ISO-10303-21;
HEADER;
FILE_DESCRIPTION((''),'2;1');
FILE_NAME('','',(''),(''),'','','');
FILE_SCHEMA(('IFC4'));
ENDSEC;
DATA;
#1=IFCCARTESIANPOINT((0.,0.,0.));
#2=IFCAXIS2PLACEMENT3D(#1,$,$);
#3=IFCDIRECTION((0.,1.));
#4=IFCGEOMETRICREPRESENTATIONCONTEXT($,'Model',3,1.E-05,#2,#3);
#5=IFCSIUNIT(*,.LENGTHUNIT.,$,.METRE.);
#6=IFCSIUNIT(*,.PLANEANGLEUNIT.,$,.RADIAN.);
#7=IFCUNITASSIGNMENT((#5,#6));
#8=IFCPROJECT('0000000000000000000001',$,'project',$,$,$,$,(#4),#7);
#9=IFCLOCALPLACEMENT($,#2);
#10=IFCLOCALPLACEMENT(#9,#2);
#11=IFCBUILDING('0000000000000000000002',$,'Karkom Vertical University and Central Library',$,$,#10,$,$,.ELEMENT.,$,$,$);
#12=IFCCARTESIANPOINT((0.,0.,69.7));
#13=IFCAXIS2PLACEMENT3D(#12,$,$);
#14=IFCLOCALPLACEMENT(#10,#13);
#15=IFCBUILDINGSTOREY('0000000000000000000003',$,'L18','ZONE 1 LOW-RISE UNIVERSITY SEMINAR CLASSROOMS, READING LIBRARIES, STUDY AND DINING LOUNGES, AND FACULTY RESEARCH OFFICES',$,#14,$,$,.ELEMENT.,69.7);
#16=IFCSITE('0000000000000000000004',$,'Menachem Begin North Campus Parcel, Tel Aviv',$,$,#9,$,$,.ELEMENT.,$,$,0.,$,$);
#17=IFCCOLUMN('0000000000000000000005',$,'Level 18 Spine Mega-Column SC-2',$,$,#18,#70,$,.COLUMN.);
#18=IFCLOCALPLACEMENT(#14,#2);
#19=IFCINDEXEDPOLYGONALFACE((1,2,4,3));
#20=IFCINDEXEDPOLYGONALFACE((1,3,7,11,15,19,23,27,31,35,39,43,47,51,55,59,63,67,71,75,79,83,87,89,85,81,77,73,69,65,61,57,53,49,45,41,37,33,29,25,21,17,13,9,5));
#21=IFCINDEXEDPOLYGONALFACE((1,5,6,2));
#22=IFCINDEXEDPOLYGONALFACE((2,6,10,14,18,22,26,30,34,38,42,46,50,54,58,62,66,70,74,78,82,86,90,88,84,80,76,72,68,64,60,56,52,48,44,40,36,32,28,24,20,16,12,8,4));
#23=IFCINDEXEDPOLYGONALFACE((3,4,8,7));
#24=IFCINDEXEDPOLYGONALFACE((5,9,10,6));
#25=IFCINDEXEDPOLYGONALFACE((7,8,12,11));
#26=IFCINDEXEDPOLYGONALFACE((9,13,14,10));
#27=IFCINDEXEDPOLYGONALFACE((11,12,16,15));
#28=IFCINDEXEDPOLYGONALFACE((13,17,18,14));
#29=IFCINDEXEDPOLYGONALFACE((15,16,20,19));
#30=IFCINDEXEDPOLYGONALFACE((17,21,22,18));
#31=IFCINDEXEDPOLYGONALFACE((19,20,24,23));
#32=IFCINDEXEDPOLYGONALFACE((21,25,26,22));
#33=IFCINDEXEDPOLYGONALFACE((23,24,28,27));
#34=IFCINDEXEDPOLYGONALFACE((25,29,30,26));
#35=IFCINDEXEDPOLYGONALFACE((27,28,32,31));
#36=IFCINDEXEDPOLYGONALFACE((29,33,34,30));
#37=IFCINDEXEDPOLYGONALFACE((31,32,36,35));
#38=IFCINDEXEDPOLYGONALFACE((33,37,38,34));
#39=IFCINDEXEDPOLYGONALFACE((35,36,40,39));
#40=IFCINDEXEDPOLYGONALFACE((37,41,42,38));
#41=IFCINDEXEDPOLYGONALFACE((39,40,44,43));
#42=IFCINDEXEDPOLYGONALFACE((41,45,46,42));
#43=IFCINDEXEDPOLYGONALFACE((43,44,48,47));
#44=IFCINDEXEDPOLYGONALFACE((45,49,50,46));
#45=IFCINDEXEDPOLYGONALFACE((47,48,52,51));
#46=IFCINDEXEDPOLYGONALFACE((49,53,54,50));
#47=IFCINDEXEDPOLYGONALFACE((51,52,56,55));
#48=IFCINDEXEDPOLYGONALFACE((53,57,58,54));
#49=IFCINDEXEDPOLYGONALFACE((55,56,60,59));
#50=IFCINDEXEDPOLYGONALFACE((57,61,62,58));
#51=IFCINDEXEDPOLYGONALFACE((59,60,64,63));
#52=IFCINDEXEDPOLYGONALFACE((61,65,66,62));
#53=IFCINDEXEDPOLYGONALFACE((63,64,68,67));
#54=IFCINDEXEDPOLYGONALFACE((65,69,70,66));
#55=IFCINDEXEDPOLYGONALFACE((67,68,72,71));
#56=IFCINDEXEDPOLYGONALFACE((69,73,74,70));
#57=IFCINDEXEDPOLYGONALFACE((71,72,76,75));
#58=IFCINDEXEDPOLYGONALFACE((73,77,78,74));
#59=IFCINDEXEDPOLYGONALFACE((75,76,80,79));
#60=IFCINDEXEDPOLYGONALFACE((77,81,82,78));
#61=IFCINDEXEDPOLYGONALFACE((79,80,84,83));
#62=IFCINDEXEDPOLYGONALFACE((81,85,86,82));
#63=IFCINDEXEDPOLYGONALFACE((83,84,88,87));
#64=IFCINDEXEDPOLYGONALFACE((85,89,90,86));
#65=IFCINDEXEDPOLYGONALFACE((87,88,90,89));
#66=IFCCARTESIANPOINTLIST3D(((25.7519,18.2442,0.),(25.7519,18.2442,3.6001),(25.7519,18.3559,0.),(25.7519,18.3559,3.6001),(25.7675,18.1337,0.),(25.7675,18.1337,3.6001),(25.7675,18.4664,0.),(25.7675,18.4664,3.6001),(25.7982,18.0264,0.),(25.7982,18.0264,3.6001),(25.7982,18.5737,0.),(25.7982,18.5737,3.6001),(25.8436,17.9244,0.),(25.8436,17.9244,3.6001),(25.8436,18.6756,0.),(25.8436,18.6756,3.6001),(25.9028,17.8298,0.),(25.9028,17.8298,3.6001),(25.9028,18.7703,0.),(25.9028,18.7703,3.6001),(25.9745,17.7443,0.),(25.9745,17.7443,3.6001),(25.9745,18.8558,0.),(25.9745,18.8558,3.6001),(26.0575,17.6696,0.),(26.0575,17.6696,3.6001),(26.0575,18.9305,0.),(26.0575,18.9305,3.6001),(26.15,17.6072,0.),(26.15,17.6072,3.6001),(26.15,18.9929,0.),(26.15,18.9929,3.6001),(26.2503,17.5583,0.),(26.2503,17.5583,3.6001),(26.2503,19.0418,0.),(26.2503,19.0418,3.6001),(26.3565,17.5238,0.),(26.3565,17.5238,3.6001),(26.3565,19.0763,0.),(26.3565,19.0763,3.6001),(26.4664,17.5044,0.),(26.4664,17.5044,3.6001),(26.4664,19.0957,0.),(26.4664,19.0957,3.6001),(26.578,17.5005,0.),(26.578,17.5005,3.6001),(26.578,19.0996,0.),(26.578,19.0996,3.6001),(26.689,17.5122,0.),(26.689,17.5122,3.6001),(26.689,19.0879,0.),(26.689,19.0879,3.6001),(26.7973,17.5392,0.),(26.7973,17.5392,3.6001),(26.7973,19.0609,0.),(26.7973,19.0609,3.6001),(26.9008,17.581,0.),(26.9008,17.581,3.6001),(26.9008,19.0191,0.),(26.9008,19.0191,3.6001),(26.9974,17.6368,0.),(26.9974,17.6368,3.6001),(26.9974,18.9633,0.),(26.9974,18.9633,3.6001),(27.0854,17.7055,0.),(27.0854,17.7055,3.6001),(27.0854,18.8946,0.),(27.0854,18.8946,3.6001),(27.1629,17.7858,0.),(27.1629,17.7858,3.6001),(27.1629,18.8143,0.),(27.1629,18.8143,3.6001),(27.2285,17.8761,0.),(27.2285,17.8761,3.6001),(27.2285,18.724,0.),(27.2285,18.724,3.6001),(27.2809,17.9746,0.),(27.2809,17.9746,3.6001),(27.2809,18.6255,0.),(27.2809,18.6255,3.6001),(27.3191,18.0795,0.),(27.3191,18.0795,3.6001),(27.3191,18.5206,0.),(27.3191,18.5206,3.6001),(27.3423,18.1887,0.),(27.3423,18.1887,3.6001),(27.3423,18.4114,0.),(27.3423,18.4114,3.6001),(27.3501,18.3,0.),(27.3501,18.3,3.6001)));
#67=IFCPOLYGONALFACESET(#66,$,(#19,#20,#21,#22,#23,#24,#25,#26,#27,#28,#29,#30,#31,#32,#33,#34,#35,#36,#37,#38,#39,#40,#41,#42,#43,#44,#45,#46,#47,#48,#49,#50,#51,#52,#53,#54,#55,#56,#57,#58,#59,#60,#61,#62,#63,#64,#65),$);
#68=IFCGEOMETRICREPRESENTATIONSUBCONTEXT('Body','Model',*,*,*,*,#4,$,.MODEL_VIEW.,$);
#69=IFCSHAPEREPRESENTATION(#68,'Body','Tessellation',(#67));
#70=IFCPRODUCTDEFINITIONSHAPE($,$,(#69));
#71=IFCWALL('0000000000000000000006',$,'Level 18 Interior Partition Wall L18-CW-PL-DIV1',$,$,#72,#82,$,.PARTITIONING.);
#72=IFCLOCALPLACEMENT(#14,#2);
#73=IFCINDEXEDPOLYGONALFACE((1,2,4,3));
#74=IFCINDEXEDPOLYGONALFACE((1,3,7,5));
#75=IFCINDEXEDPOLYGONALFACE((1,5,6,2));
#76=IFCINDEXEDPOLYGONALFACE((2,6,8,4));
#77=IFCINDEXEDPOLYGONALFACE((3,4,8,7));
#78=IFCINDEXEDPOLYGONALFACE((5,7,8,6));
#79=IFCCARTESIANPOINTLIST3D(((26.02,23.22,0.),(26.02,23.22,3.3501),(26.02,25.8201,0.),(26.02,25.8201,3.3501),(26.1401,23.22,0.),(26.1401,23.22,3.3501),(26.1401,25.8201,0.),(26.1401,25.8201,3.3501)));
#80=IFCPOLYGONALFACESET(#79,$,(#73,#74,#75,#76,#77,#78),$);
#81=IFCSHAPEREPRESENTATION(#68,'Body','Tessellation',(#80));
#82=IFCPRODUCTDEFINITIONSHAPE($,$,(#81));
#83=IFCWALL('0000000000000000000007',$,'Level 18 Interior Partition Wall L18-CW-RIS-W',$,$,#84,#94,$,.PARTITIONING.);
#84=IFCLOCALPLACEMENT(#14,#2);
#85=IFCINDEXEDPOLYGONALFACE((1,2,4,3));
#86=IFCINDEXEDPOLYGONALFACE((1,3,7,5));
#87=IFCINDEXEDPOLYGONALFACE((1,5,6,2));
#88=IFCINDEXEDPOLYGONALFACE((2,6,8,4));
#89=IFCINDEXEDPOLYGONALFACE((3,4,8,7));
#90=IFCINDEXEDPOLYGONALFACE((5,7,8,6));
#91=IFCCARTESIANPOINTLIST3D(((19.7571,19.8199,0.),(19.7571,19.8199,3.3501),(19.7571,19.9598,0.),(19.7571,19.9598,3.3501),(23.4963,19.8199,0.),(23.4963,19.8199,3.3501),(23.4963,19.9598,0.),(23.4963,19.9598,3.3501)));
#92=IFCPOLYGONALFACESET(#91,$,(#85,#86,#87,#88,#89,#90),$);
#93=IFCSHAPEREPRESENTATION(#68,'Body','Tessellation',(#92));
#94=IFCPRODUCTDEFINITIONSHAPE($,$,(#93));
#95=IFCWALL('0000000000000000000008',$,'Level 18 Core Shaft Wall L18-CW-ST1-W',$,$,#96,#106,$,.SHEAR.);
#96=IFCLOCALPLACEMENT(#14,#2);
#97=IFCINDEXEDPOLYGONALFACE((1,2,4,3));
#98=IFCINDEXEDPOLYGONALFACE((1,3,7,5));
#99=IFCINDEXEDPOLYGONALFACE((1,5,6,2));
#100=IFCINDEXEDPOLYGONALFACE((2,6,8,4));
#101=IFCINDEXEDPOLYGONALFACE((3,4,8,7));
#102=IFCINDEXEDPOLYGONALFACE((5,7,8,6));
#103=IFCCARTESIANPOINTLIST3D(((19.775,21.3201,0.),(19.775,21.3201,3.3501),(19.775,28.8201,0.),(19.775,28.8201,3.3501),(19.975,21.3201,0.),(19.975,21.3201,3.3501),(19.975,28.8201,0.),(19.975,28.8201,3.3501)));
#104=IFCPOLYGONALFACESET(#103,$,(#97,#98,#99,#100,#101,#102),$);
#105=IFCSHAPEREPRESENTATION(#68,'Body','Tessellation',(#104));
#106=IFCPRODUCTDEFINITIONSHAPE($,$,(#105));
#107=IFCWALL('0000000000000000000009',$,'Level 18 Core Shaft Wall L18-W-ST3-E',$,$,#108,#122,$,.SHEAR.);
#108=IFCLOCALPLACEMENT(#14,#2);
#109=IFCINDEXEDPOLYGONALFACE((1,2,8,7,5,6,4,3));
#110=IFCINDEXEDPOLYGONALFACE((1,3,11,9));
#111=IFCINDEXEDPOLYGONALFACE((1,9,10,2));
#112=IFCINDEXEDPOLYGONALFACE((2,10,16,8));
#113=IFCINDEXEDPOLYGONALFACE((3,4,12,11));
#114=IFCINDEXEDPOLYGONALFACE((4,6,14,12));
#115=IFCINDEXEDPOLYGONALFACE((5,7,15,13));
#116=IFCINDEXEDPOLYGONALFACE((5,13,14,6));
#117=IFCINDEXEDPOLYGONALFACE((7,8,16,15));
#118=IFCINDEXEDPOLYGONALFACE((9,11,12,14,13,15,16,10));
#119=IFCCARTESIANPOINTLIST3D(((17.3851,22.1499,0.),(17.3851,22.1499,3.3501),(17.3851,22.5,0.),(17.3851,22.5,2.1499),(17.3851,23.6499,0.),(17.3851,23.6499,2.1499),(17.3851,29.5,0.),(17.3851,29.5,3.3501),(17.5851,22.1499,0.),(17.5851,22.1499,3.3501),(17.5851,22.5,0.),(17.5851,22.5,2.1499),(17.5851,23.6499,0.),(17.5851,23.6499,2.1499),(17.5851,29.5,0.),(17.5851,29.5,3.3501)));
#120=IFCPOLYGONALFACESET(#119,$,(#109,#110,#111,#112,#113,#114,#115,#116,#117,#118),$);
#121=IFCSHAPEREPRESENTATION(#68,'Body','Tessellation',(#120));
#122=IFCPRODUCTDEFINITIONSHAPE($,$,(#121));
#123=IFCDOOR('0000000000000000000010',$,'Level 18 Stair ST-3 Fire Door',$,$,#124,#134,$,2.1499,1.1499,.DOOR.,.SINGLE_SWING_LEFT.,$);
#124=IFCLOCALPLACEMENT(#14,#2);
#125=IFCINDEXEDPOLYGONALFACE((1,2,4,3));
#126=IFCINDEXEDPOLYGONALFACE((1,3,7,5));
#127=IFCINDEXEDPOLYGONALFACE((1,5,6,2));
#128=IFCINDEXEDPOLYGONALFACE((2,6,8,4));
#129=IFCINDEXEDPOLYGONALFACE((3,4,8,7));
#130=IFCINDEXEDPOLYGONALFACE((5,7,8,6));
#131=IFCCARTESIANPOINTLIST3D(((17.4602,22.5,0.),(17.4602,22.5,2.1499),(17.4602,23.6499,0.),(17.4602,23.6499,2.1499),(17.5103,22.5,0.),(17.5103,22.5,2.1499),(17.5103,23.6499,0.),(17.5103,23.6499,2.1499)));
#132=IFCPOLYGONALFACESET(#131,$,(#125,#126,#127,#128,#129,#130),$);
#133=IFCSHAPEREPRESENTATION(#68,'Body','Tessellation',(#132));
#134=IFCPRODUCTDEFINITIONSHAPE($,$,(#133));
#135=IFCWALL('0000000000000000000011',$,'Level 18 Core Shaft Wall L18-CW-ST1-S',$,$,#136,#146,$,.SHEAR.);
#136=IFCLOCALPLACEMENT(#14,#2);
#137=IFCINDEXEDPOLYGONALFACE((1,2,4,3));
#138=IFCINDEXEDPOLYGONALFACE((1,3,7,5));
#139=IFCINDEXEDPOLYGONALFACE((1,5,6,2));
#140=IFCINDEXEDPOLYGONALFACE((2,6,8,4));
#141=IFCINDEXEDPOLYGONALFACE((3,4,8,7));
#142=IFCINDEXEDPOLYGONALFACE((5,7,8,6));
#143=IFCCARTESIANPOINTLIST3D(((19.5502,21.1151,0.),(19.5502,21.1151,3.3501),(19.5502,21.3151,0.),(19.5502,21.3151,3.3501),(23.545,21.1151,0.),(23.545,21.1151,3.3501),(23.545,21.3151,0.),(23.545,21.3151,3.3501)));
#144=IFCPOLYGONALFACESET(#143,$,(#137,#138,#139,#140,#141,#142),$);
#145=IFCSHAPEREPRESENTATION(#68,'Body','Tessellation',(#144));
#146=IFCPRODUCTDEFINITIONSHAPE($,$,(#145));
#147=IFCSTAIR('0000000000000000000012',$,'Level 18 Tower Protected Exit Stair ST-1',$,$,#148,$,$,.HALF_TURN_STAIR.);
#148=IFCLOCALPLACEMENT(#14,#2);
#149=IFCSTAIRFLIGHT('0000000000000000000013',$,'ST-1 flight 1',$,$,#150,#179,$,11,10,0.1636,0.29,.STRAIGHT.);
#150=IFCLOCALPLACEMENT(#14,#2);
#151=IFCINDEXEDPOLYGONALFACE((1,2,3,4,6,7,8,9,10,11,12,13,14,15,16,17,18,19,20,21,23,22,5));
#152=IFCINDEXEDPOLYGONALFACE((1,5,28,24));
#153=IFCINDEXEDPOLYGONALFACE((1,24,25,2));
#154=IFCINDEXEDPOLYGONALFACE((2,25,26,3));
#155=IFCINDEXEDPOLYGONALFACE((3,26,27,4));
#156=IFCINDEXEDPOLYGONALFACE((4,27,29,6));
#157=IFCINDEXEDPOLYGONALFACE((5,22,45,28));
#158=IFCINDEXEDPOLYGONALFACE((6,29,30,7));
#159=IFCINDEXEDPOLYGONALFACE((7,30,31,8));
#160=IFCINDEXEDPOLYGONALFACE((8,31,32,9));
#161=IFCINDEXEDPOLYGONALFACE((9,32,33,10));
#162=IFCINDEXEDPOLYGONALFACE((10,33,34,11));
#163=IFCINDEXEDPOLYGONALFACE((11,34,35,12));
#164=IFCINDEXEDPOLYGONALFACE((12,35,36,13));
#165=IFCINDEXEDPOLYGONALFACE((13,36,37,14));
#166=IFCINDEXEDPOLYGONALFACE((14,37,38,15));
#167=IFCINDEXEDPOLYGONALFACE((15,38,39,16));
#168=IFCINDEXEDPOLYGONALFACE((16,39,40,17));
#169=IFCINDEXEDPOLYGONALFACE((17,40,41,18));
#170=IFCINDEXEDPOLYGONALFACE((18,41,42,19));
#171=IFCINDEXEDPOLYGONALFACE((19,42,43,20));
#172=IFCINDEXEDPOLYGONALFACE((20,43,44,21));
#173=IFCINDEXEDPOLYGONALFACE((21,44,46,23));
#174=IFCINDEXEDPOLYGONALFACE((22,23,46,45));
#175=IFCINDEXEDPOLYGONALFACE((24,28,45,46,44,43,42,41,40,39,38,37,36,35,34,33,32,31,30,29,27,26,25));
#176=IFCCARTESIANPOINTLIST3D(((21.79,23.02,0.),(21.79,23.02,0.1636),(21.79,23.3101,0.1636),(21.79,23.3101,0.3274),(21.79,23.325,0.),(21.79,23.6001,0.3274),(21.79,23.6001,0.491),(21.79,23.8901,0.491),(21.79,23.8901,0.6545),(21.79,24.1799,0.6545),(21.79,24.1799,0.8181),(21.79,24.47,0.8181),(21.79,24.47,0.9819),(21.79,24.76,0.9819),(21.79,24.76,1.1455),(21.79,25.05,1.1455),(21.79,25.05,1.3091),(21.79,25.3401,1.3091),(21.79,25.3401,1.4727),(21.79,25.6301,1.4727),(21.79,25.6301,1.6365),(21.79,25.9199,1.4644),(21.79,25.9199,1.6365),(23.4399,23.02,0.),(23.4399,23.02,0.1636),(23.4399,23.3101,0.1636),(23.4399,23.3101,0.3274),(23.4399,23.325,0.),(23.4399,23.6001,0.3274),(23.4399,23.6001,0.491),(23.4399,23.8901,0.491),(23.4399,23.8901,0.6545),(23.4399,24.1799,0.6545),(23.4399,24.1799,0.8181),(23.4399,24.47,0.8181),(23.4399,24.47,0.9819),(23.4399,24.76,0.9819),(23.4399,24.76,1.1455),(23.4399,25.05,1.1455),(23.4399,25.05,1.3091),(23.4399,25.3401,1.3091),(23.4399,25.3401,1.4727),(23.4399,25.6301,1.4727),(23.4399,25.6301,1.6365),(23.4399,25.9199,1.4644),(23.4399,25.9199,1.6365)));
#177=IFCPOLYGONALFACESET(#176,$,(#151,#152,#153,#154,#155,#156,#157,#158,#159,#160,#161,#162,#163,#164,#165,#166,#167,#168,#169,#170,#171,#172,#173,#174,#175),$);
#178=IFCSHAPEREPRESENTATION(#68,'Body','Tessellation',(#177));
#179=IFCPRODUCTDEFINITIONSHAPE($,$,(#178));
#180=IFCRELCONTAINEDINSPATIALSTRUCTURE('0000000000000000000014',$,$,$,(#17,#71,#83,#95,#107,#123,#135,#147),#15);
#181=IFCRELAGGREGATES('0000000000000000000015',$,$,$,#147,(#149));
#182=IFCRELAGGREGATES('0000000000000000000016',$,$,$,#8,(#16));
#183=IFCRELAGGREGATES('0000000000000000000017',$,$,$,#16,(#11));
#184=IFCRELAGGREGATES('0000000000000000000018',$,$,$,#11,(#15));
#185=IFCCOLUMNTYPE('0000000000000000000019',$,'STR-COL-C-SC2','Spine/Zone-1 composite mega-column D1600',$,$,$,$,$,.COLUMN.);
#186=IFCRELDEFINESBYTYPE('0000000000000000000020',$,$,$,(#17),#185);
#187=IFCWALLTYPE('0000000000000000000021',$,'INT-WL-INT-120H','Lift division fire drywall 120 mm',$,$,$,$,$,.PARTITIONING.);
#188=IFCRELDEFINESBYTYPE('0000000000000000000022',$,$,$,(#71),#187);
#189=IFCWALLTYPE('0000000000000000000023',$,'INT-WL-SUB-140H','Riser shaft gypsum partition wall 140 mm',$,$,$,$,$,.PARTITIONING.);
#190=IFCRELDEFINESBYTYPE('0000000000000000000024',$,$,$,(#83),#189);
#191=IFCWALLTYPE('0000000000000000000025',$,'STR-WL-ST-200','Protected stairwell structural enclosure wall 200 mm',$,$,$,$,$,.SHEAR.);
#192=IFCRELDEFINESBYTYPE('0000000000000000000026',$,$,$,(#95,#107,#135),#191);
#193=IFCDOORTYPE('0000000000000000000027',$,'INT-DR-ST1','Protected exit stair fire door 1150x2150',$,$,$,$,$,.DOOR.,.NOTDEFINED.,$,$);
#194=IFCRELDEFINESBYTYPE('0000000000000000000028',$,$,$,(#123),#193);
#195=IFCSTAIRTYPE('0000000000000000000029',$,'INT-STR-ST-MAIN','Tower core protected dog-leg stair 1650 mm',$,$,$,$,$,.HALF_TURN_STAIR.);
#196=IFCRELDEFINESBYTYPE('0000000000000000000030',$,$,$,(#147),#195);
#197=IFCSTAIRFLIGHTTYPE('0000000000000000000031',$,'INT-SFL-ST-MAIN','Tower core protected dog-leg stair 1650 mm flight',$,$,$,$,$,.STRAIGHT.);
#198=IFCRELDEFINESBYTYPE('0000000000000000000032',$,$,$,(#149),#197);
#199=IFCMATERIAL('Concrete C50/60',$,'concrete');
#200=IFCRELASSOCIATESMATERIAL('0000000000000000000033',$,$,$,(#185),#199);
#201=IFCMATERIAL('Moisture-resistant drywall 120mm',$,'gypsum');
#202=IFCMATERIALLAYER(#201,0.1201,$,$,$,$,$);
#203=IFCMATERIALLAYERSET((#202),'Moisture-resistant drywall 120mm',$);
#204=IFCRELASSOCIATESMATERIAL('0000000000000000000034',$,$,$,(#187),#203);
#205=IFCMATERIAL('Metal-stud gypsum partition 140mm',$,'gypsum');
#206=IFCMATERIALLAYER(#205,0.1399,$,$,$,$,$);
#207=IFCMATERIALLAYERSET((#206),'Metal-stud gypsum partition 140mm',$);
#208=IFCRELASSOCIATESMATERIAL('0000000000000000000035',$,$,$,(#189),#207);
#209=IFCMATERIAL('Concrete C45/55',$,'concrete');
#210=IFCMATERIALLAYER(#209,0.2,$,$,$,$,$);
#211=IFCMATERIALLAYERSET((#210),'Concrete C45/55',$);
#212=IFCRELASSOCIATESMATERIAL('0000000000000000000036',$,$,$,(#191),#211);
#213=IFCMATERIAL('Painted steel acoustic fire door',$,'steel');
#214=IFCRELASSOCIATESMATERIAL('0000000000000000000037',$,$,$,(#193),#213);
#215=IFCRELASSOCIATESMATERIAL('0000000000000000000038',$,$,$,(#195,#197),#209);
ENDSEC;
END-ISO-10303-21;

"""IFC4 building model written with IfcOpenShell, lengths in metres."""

from ifc_helpers import new_model, si_unit, direction, frame, frame_2d, origin, origin_with_axes, origin_2d, place, context, subcontext, project, spatial, polyline, rectangle, circle, outline, extrude, source, transform, mapped, material, layer, layer_set, material_profile, profile_set, type_object, element, fill, aggregate, save


model = new_model("IFC4")

# Units and contexts
model_context = context("Model", 3, precision=1e-05, world=origin(), true_north=direction((0.0, 1.0)))
body_context = subcontext(model_context, "Body", "Model", "MODEL_VIEW")
ifc_project = project(units=[si_unit("LENGTHUNIT", "METRE"), si_unit("PLANEANGLEUNIT", "RADIAN")], contexts=[model_context])

# Site, building, storey
site_placement = place(None, origin())
site = spatial("IfcSite", under=ifc_project, at=site_placement, Name="Menachem Begin North Campus Parcel, Tel Aviv", CompositionType="ELEMENT", RefElevation=0.0)
building_placement = place(site_placement, origin())
building = spatial("IfcBuilding", under=site, at=building_placement, Name="Karkom Vertical University and Central Library", CompositionType="ELEMENT")
storey_placement = place(building_placement, frame((0.0, 0.0, 69.7)))
storey = spatial("IfcBuildingStorey", under=building, at=storey_placement, Name="L18", Description="ZONE 1 LOW-RISE UNIVERSITY SEMINAR CLASSROOMS, READING LIBRARIES, STUDY AND DINING LOUNGES, AND FACULTY RESEARCH OFFICES", CompositionType="ELEMENT", Elevation=69.7)

# Column
ifc_material_1 = material(Name="Concrete C50/60", Category="concrete")
ifc_material_profile = material_profile(ifc_material_1, circle(Radius=0.8, at=origin_2d()), Name="CFT-D1600")
ifc_profile_set = profile_set([ifc_material_profile], Name="Concrete C50/60")
column_type = type_object("IfcColumnType", Name="STR-COL-C-SC2", Description="Spine/Zone-1 composite mega-column D1600", PredefinedType="COLUMN", material=ifc_profile_set)
shared_shape_1 = source(origin_with_axes(), body_context, "Body", "SweptSolid", [
    extrude(circle(Radius=0.8, at=origin_2d()), origin(), (0.0, 0.0, 1.0), 3.6001),
])
column_placement = place(storey_placement, frame((26.55, 18.3, 0.0), z_axis=(0.0, 0.0, 1.0), x_axis=(1.0, 0.0, 0.0)))
element("IfcColumn", 1, at=column_placement, inside=storey, type_object=column_type, Name="Level 18 Spine Mega-Column SC-2", PredefinedType="COLUMN", context=body_context, shape_type="MappedRepresentation", body=[
    mapped(shared_shape_1, transform((0.0, 0.0, 0.0), scale=1.0)),
])

# Walls
ifc_material_2 = material(Name="Moisture-resistant drywall 120mm", Category="gypsum")
ifc_layer_1 = layer(ifc_material_2, 0.1201)
ifc_layer_set_1 = layer_set([ifc_layer_1], Name="Moisture-resistant drywall 120mm")
wall_type_1 = type_object("IfcWallType", Name="INT-WL-INT-120H", Description="Lift division fire drywall 120 mm", PredefinedType="PARTITIONING", material=ifc_layer_set_1)
wall_1_placement = place(storey_placement, frame((26.0801, 23.22, 0.0), z_axis=(0.0, 0.0, 1.0), x_axis=(0.0, 1.0, 0.0)))
element("IfcWall", 2, at=wall_1_placement, inside=storey, type_object=wall_type_1, Name="Level 18 Interior Partition Wall L18-CW-PL-DIV1", PredefinedType="PARTITIONING", context=body_context, shape_type="SweptSolid", body=[
    extrude(rectangle(XDim=2.6001, YDim=0.1201, at=frame_2d((1.3, 0.0))), origin(), (0.0, 0.0, 1.0), 3.3501),
])
ifc_material_3 = material(Name="Metal-stud gypsum partition 140mm", Category="gypsum")
ifc_layer_2 = layer(ifc_material_3, 0.1399)
ifc_layer_set_2 = layer_set([ifc_layer_2], Name="Metal-stud gypsum partition 140mm")
wall_type_2 = type_object("IfcWallType", Name="INT-WL-SUB-140H", Description="Riser shaft gypsum partition wall 140 mm", PredefinedType="PARTITIONING", material=ifc_layer_set_2)
wall_2_placement = place(storey_placement, frame((19.7571, 19.8899, 0.0), z_axis=(0.0, 0.0, 1.0), x_axis=(1.0, 0.0, 0.0)))
element("IfcWall", 3, at=wall_2_placement, inside=storey, type_object=wall_type_2, Name="Level 18 Interior Partition Wall L18-CW-RIS-W", PredefinedType="PARTITIONING", context=body_context, shape_type="SweptSolid", body=[
    extrude(rectangle(XDim=3.7393, YDim=0.1399, at=frame_2d((1.8696, 0.0))), origin(), (0.0, 0.0, 1.0), 3.3501),
])

# Shared definitions
ifc_material_4 = material(Name="Concrete C45/55", Category="concrete")
ifc_layer_3 = layer(ifc_material_4, 0.2)
ifc_layer_set_3 = layer_set([ifc_layer_3], Name="Concrete C45/55")
wall_type_3 = type_object("IfcWallType", Name="STR-WL-ST-200", Description="Protected stairwell structural enclosure wall 200 mm", PredefinedType="SHEAR", material=ifc_layer_set_3)
ifc_material_5 = material(Name="Painted steel acoustic fire door", Category="steel")
door_type_1 = type_object("IfcDoorType", Name="INT-DR-ST1", Description="Protected exit stair fire door 1150x2150", OperationType="NOTDEFINED", PredefinedType="DOOR", material=ifc_material_5)
shared_shape_2 = source(origin_with_axes(), body_context, "Body", "SweptSolid", [
    extrude(rectangle(XDim=1.1499, YDim=2.1499, at=frame_2d((0.575, 1.075))), frame((0.0, 0.0249, 0.0), z_axis=(0.0, -1.0, 0.0), x_axis=(1.0, 0.0, 0.0)), (0.0, 0.0, 1.0), 0.05),
])

# Wall
wall_3_placement = place(storey_placement, frame((19.875, 21.3201, 0.0), z_axis=(0.0, 0.0, 1.0), x_axis=(0.0, 1.0, 0.0)))
element("IfcWall", 4, at=wall_3_placement, inside=storey, type_object=wall_type_3, Name="Level 18 Core Shaft Wall L18-CW-ST1-W", PredefinedType="SHEAR", context=body_context, shape_type="SweptSolid", body=[
    extrude(rectangle(XDim=7.5, YDim=0.2, at=frame_2d((3.75, 0.0))), origin(), (0.0, 0.0, 1.0), 3.3501),
])

# Wall, opening, door
wall_4_placement = place(storey_placement, frame((17.4851, 22.1499, 0.0), z_axis=(0.0, 0.0, 1.0), x_axis=(0.0, 1.0, 0.0)))
wall_4 = element("IfcWall", 5, at=wall_4_placement, inside=storey, type_object=wall_type_3, Name="Level 18 Core Shaft Wall L18-W-ST3-E", PredefinedType="SHEAR", context=body_context, shape_type="SweptSolid", body=[
    extrude(rectangle(XDim=7.3501, YDim=0.2, at=frame_2d((3.675, 0.0))), origin(), (0.0, 0.0, 1.0), 3.3501),
])
opening_1_placement = place(wall_4_placement, frame((0.3501, 0.0, 0.0)))
opening_1 = element("IfcOpeningElement", 6, at=opening_1_placement, cuts=wall_4, PredefinedType="OPENING", context=body_context, shape_type="SweptSolid", body=[
    extrude(rectangle(XDim=1.1499, YDim=2.1499, at=frame_2d((0.575, 1.075))), frame((0.0, 0.1099, 0.0), z_axis=(0.0, -1.0, 0.0), x_axis=(1.0, 0.0, 0.0)), (0.0, 0.0, 1.0), 0.22),
])
door_1_placement = place(opening_1_placement, origin())
door_1 = element("IfcDoor", 7, at=door_1_placement, inside=storey, type_object=door_type_1, Name="Level 18 Stair ST-3 Fire Door", OperationType="SINGLE_SWING_LEFT", OverallHeight=2.1499, OverallWidth=1.1499, PredefinedType="DOOR", context=body_context, shape_type="MappedRepresentation", body=[
    mapped(shared_shape_2, transform((0.0, 0.0, 0.0), scale=1.0)),
])
fill(opening_1, door_1)

# Wall
wall_5_placement = place(storey_placement, frame((19.55, 21.2151, 0.0), z_axis=(0.0, 0.0, 1.0), x_axis=(1.0, 0.0, 0.0)))
element("IfcWall", 8, at=wall_5_placement, inside=storey, type_object=wall_type_3, Name="Level 18 Core Shaft Wall L18-CW-ST1-S", PredefinedType="SHEAR", context=body_context, shape_type="SweptSolid", body=[
    extrude(rectangle(XDim=3.9949, YDim=0.2, at=frame_2d((1.9976, 0.0))), origin(), (0.0, 0.0, 1.0), 3.3501),
])

# Stair, stair flight
stair_type = type_object("IfcStairType", Name="INT-STR-ST-MAIN", Description="Tower core protected dog-leg stair 1650 mm", PredefinedType="HALF_TURN_STAIR", material=ifc_material_4)
stair_placement = place(storey_placement, origin())
stair = element("IfcStair", 9, at=stair_placement, inside=storey, type_object=stair_type, Name="Level 18 Tower Protected Exit Stair ST-1", PredefinedType="HALF_TURN_STAIR")
stair_flight_type = type_object("IfcStairFlightType", Name="INT-SFL-ST-MAIN", Description="Tower core protected dog-leg stair 1650 mm flight", PredefinedType="STRAIGHT", material=ifc_material_4)
stair_flight_placement = place(storey_placement, frame((22.615, 23.02, 0.0), z_axis=(0.0, 0.0, 1.0), x_axis=(0.0, 1.0, 0.0)))
stair_flight = element("IfcStairFlight", 10, at=stair_flight_placement, type_object=stair_flight_type, Name="ST-1 flight 1", NumberOfRisers=11, NumberOfTreads=10, PredefinedType="STRAIGHT", RiserHeight=0.1636, TreadLength=0.29, context=body_context, shape_type="SweptSolid", body=[
    extrude(outline(polyline([(0.0, 0.0), (0.0, 0.1636), (0.29, 0.1636), (0.29, 0.3274), (0.5801, 0.3274), (0.5801, 0.491), (0.8701, 0.491), (0.8701, 0.6545), (1.1599, 0.6545), (1.1599, 0.8181), (1.45, 0.8181), (1.45, 0.9819), (1.74, 0.9819), (1.74, 1.1455), (2.03, 1.1455), (2.03, 1.3091), (2.3201, 1.3091), (2.3201, 1.4727), (2.6101, 1.4727), (2.6101, 1.6365), (2.8999, 1.6365), (2.8999, 1.8), (2.8999, 1.4644), (0.3049, 0.0), (0.0, 0.0)])), frame((0.0, 0.825, 0.0), z_axis=(0.0, -1.0, 0.0), x_axis=(1.0, 0.0, 0.0)), (0.0, 0.0, 1.0), 1.6499),
])
aggregate(stair, [stair_flight])

save(model, "model.ifc")
